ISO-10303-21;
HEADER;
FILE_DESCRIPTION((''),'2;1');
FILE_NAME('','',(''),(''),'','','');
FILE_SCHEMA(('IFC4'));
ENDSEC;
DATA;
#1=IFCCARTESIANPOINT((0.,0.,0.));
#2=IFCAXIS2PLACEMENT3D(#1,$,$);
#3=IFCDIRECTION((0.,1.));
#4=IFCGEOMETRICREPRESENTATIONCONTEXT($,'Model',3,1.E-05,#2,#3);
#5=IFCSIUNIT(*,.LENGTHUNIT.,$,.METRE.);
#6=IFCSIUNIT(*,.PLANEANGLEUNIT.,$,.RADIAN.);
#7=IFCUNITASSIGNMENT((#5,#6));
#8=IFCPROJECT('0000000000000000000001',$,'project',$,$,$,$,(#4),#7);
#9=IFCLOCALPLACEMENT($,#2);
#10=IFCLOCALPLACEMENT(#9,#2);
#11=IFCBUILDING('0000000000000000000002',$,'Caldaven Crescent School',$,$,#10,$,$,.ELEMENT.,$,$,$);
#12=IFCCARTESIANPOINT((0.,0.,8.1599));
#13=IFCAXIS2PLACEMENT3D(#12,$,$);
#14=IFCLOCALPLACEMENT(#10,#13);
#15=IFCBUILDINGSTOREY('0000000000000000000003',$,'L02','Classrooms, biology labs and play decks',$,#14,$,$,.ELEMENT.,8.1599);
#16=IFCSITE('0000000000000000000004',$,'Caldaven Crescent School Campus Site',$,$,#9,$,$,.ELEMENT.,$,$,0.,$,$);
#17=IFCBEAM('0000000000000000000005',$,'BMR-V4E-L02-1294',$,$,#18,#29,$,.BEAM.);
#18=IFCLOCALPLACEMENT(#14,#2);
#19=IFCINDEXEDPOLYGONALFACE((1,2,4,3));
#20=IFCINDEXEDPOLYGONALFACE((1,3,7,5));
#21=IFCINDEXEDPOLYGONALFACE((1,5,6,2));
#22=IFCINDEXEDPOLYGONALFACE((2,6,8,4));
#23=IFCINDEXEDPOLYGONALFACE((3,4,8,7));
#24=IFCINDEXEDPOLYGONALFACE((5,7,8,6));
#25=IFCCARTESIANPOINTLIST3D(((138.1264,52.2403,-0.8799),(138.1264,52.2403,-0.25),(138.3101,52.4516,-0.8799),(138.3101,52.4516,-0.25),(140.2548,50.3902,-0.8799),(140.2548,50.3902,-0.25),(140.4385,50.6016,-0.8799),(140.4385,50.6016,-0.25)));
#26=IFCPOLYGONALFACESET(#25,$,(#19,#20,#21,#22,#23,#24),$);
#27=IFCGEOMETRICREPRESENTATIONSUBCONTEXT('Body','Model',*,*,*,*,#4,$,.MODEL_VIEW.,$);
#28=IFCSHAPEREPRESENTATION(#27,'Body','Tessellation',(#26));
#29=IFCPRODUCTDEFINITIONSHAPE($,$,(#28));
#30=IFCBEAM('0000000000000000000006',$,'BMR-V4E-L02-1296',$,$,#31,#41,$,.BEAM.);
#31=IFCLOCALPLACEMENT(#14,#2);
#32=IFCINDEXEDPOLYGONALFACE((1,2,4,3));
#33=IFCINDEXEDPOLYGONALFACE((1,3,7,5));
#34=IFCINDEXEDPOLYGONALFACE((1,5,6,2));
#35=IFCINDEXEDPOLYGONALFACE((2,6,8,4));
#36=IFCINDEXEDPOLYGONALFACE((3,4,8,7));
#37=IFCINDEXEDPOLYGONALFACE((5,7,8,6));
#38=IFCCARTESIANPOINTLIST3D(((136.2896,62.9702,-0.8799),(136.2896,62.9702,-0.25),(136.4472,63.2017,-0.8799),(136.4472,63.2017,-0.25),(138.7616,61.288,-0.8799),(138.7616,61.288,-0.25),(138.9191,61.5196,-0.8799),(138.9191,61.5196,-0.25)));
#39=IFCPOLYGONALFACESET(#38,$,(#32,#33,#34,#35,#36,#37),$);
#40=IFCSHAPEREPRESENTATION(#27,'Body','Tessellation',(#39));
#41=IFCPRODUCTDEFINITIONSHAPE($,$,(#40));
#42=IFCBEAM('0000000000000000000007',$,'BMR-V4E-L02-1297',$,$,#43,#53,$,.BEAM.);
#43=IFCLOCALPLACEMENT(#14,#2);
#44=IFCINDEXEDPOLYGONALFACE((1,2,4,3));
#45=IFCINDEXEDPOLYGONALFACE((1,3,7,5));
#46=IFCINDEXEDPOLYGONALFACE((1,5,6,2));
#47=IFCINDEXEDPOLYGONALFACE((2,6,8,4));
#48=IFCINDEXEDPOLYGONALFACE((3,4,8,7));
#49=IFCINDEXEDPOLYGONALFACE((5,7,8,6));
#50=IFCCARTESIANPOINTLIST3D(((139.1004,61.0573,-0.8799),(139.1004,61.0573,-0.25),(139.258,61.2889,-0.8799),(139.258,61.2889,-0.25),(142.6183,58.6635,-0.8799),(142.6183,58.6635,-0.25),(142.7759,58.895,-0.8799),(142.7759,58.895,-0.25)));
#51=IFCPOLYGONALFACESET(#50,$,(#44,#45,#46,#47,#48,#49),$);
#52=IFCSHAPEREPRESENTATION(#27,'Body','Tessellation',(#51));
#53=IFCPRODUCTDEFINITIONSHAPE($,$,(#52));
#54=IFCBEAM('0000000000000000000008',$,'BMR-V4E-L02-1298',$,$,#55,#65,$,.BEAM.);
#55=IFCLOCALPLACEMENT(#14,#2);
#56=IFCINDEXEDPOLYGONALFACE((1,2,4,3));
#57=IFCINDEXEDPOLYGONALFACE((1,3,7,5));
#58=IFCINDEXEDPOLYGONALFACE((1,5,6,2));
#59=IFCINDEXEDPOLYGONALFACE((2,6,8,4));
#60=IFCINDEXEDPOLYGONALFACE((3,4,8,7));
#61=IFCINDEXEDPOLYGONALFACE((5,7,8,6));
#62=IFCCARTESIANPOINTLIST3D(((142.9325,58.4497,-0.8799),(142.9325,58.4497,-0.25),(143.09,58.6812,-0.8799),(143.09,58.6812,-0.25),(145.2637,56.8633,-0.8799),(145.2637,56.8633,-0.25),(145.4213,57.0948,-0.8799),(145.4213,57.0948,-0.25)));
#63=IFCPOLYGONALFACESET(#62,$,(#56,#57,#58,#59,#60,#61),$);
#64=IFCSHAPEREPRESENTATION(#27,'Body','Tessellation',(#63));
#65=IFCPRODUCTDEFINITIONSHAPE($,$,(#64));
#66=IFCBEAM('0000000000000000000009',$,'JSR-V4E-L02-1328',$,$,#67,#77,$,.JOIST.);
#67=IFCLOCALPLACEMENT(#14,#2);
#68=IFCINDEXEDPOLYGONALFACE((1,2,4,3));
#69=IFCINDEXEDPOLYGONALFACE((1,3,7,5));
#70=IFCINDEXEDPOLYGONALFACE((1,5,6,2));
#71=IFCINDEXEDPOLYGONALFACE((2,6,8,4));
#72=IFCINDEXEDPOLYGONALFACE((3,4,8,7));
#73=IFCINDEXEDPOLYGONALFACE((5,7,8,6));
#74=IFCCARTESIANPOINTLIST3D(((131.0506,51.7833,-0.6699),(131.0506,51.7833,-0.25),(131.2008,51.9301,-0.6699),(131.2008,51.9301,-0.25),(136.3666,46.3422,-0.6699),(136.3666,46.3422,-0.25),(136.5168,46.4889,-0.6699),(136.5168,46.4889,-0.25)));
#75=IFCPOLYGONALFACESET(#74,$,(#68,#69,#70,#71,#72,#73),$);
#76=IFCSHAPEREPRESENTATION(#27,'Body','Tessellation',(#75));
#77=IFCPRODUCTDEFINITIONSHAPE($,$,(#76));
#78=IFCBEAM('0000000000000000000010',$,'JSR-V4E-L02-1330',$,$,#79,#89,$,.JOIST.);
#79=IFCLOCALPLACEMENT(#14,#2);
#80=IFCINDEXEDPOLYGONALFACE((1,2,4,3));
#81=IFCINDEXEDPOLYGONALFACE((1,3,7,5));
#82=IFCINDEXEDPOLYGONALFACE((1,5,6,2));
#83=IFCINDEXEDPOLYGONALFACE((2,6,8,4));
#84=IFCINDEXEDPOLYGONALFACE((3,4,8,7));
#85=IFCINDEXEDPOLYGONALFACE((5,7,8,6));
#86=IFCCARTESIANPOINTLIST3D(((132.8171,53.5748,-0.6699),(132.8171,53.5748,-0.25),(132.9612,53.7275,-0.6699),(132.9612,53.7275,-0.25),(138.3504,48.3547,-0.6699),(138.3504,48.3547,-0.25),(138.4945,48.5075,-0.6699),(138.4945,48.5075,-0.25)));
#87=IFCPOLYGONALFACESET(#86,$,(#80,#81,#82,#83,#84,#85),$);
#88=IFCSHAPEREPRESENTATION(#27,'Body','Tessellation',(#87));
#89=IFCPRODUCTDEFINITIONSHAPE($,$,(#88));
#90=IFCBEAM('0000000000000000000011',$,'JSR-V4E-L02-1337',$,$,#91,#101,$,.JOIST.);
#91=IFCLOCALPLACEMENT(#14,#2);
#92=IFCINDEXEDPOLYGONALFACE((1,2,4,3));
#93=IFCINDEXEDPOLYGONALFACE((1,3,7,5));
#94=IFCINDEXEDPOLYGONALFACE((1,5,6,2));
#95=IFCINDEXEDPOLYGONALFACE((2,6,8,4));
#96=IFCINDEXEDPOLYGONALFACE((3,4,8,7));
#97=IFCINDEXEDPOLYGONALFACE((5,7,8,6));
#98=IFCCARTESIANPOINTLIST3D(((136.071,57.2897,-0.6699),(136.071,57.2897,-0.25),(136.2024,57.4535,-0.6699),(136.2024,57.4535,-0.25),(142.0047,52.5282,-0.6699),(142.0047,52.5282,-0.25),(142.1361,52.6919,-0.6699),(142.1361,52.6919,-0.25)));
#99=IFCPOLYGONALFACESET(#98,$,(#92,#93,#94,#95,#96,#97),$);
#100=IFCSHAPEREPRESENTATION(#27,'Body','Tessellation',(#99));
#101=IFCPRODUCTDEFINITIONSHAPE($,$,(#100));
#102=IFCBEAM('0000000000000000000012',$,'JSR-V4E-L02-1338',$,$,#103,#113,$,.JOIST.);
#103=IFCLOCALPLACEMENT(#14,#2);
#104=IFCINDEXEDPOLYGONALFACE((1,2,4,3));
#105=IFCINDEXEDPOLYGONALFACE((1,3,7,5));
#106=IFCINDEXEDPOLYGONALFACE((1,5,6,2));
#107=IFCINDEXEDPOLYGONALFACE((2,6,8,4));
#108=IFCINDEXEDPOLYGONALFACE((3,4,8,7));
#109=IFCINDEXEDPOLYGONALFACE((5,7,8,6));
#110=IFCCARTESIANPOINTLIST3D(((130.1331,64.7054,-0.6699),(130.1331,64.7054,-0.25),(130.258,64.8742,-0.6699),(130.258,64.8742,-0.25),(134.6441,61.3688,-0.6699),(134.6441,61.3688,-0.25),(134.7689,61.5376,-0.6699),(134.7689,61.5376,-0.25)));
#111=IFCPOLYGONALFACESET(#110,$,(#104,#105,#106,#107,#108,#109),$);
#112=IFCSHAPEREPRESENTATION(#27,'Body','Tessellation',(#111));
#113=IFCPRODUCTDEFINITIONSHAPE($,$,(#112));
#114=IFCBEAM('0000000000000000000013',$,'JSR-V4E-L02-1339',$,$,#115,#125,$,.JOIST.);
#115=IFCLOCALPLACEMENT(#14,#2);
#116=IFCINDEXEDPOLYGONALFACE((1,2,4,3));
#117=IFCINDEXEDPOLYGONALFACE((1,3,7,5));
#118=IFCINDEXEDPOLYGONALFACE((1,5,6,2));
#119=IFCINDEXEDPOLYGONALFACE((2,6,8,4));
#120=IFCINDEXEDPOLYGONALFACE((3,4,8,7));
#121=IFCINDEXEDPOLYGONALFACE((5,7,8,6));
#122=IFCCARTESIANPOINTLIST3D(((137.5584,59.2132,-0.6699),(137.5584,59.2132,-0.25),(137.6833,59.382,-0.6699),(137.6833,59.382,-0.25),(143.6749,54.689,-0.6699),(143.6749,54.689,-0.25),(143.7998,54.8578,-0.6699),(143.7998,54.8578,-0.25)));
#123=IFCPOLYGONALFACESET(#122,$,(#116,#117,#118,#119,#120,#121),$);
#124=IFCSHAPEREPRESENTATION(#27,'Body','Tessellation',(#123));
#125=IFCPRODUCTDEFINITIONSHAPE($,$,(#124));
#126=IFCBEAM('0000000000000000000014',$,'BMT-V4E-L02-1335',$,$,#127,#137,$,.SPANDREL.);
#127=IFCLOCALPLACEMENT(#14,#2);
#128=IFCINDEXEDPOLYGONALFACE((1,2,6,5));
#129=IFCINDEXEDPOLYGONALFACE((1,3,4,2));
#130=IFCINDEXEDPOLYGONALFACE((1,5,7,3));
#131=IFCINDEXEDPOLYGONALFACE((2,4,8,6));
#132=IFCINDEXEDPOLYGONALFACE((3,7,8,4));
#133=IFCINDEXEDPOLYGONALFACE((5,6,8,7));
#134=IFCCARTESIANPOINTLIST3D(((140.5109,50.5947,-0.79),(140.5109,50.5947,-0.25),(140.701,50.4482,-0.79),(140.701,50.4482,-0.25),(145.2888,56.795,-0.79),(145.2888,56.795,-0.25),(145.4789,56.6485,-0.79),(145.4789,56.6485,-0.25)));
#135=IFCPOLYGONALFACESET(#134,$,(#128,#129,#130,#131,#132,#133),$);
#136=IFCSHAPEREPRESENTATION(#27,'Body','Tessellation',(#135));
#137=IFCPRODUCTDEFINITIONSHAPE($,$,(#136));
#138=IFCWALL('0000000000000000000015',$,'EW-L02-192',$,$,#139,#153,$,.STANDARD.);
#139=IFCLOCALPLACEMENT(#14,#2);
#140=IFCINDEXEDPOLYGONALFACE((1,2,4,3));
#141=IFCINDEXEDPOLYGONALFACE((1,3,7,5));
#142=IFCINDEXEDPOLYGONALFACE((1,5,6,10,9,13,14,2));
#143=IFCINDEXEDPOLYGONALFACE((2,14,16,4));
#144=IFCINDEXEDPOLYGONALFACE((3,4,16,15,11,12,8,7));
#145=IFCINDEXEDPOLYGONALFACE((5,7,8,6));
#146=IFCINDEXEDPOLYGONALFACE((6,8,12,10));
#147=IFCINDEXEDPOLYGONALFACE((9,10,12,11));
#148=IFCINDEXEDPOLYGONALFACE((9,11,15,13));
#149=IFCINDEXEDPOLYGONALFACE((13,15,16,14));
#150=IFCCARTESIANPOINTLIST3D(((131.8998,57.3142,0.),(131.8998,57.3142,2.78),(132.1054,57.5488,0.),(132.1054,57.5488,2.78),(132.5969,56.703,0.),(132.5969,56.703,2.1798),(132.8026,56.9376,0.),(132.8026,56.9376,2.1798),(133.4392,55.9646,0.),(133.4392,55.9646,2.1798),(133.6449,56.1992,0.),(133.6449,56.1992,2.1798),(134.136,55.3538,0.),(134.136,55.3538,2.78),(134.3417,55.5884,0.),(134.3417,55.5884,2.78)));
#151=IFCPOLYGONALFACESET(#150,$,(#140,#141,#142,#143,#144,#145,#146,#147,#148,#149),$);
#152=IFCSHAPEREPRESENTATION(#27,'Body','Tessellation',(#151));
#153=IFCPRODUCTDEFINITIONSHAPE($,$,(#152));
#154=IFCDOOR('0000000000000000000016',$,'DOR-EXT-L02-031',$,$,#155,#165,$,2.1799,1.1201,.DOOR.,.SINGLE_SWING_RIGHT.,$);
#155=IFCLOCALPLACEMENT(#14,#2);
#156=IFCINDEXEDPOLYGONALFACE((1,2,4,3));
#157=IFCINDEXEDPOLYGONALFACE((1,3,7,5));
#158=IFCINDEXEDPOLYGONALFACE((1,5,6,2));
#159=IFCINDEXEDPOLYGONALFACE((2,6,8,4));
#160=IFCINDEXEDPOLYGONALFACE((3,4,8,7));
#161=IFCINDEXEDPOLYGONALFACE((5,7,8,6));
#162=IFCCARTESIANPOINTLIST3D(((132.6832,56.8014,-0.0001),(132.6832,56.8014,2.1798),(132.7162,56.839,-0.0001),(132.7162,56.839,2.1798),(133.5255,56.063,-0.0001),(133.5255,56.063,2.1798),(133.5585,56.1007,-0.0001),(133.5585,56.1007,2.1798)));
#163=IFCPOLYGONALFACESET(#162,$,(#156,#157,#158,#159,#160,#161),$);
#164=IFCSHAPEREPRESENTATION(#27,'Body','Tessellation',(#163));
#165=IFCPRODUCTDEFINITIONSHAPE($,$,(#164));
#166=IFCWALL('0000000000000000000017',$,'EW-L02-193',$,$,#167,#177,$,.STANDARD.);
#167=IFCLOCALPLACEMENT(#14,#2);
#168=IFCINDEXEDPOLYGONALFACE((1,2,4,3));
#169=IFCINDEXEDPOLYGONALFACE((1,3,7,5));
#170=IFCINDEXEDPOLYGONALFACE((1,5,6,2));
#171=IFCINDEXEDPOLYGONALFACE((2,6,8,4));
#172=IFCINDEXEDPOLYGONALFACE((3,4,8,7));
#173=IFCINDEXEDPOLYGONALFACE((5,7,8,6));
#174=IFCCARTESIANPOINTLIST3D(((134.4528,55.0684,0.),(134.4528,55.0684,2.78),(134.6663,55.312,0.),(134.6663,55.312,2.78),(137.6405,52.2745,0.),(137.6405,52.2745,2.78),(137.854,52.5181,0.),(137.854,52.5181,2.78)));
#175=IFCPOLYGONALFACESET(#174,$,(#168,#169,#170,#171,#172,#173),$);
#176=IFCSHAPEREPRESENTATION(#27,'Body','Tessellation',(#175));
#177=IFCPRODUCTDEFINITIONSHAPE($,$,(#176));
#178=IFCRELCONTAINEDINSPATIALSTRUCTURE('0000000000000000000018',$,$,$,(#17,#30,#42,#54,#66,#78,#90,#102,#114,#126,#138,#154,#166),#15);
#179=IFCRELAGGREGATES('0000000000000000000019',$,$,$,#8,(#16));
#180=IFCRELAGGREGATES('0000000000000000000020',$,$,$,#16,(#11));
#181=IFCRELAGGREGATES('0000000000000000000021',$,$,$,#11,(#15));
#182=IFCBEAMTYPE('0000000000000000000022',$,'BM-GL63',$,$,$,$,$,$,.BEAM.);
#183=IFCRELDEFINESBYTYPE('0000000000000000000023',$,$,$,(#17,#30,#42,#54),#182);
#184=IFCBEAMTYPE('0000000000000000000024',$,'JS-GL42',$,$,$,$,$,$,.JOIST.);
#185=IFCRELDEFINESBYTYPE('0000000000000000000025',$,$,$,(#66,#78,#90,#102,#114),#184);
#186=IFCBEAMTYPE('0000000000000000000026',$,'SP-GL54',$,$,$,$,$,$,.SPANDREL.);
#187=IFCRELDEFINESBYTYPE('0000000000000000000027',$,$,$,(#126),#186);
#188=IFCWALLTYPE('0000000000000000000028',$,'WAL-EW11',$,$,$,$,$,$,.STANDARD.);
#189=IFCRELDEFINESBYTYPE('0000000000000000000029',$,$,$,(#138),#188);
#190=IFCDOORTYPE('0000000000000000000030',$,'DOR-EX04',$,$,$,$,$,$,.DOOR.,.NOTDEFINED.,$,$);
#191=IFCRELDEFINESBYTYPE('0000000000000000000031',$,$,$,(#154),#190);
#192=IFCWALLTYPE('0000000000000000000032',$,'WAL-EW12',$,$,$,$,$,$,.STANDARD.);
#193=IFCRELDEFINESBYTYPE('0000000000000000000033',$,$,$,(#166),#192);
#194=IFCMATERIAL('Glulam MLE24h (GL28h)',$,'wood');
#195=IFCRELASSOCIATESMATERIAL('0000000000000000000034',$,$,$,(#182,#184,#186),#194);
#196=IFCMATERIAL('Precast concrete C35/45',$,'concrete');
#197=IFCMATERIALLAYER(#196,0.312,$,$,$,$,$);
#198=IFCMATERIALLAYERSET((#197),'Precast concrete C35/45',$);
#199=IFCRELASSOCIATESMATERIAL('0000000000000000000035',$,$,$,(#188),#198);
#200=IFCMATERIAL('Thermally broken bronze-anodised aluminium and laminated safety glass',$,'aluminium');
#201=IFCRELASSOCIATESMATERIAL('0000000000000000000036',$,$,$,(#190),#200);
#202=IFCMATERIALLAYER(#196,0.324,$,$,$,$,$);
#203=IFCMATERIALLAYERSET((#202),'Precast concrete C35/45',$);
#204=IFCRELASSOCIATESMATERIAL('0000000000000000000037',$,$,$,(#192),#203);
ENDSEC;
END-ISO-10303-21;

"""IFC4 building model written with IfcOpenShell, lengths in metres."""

from ifc_helpers import new_model, si_unit, direction, frame, frame_2d, origin, origin_2d, place, context, subcontext, project, spatial, rectangle, extrude, material, layer, layer_set, material_profile, profile_set, type_object, element, fill, save


model = new_model("IFC4")

# Units and contexts
model_context = context("Model", 3, precision=1e-05, world=origin(), true_north=direction((0.0, 1.0)))
body_context = subcontext(model_context, "Body", "Model", "MODEL_VIEW")
ifc_project = project(units=[si_unit("LENGTHUNIT", "METRE"), si_unit("PLANEANGLEUNIT", "RADIAN")], contexts=[model_context])

# Site, building, storey
site_placement = place(None, origin())
site = spatial("IfcSite", under=ifc_project, at=site_placement, Name="Caldaven Crescent School Campus Site", CompositionType="ELEMENT", RefElevation=0.0)
building_placement = place(site_placement, origin())
building = spatial("IfcBuilding", under=site, at=building_placement, Name="Caldaven Crescent School", CompositionType="ELEMENT")
storey_placement = place(building_placement, frame((0.0, 0.0, 8.1599)))
storey = spatial("IfcBuildingStorey", under=building, at=storey_placement, Name="L02", Description="Classrooms, biology labs and play decks", CompositionType="ELEMENT", Elevation=8.1599)

# Shared definitions
ifc_material_1 = material(Name="Glulam MLE24h (GL28h)", Category="wood")

# Beams
ifc_material_profile_1 = material_profile(ifc_material_1, rectangle(XDim=0.28, YDim=0.6299, at=origin_2d()), Name="MLE 280x630")
ifc_profile_set_1 = profile_set([ifc_material_profile_1], Name="Glulam MLE24h (GL28h)")
beam_type_1 = type_object("IfcBeamType", Name="BM-GL63", PredefinedType="BEAM", material=ifc_profile_set_1)
beam_1_placement = place(storey_placement, frame((138.2183, 52.3459, -0.5649), z_axis=(0.754729, -0.656037, 0.0), x_axis=(0.656037, 0.754729, 0.0)))
element("IfcBeam", 1, at=beam_1_placement, inside=storey, type_object=beam_type_1, Name="BMR-V4E-L02-1294", PredefinedType="BEAM", context=body_context, shape_type="SweptSolid", body=[
    extrude(rectangle(XDim=0.28, YDim=0.6299, at=origin_2d()), origin(), (0.0, 0.0, 1.0), 2.8201),
])
beam_2_placement = place(storey_placement, frame((136.3684, 63.0859, -0.5649), z_axis=(0.826737, -0.562589, 0.0), x_axis=(0.562589, 0.826737, 0.0)))
element("IfcBeam", 2, at=beam_2_placement, inside=storey, type_object=beam_type_1, Name="BMR-V4E-L02-1296", PredefinedType="BEAM", context=body_context, shape_type="SweptSolid", body=[
    extrude(rectangle(XDim=0.28, YDim=0.6299, at=origin_2d()), origin(), (0.0, 0.0, 1.0), 2.99),
])
beam_3_placement = place(storey_placement, frame((139.1792, 61.1731, -0.5649), z_axis=(0.826743, -0.56258, 0.0), x_axis=(0.56258, 0.826743, 0.0)))
element("IfcBeam", 3, at=beam_3_placement, inside=storey, type_object=beam_type_1, Name="BMR-V4E-L02-1297", PredefinedType="BEAM", context=body_context, shape_type="SweptSolid", body=[
    extrude(rectangle(XDim=0.28, YDim=0.6299, at=origin_2d()), origin(), (0.0, 0.0, 1.0), 4.2551),
])
beam_4_placement = place(storey_placement, frame((143.0112, 58.5654, -0.5649), z_axis=(0.826738, -0.562587, 0.0), x_axis=(0.562587, 0.826738, 0.0)))
element("IfcBeam", 4, at=beam_4_placement, inside=storey, type_object=beam_type_1, Name="BMR-V4E-L02-1298", PredefinedType="BEAM", context=body_context, shape_type="SweptSolid", body=[
    extrude(rectangle(XDim=0.28, YDim=0.6299, at=origin_2d()), origin(), (0.0, 0.0, 1.0), 2.8198),
])
ifc_material_profile_2 = material_profile(ifc_material_1, rectangle(XDim=0.21, YDim=0.4199, at=origin_2d()), Name="MLE 210x420")
ifc_profile_set_2 = profile_set([ifc_material_profile_2], Name="Glulam MLE24h (GL28h)")
beam_type_2 = type_object("IfcBeamType", Name="JS-GL42", PredefinedType="JOIST", material=ifc_profile_set_2)
for number, where, z_axis, x_axis, name in (
    (5, (131.1257, 51.8567, -0.46), (0.698827, -0.715291, 0.0), (0.715291, 0.698827, 0.0), "JSR-V4E-L02-1328"),
    (6, (132.8892, 53.6511, -0.46), (0.727396, -0.686218, 0.0), (0.686218, 0.727396, 0.0), "JSR-V4E-L02-1330"),
):
    element("IfcBeam", number, at=place(storey_placement, frame(where, z_axis=z_axis, x_axis=x_axis)), inside=storey, type_object=beam_type_2, Name=name, PredefinedType="JOIST", context=body_context, shape_type="SweptSolid", body=[
        extrude(rectangle(XDim=0.21, YDim=0.4199, at=origin_2d()), origin(), (0.0, 0.0, 1.0), 7.6069),
    ])
beam_5_placement = place(storey_placement, frame((136.1367, 57.3716, -0.46), z_axis=(0.779932, -0.625864, 0.0), x_axis=(0.625864, 0.779932, 0.0)))
element("IfcBeam", 7, at=beam_5_placement, inside=storey, type_object=beam_type_2, Name="JSR-V4E-L02-1337", PredefinedType="JOIST", context=body_context, shape_type="SweptSolid", body=[
    extrude(rectangle(XDim=0.21, YDim=0.4199, at=origin_2d()), origin(), (0.0, 0.0, 1.0), 7.6079),
])
beam_6_placement = place(storey_placement, frame((130.1956, 64.7898, -0.46), z_axis=(0.803966, -0.594675, 0.0), x_axis=(0.594675, 0.803966, 0.0)))
element("IfcBeam", 8, at=beam_6_placement, inside=storey, type_object=beam_type_2, Name="JSR-V4E-L02-1338", PredefinedType="JOIST", context=body_context, shape_type="SweptSolid", body=[
    extrude(rectangle(XDim=0.21, YDim=0.4199, at=origin_2d()), origin(), (0.0, 0.0, 1.0), 5.6108),
])
beam_7_placement = place(storey_placement, frame((137.6208, 59.2976, -0.46), z_axis=(0.803968, -0.594673, 0.0), x_axis=(0.594673, 0.803968, 0.0)))
element("IfcBeam", 9, at=beam_7_placement, inside=storey, type_object=beam_type_2, Name="JSR-V4E-L02-1339", PredefinedType="JOIST", context=body_context, shape_type="SweptSolid", body=[
    extrude(rectangle(XDim=0.21, YDim=0.4199, at=origin_2d()), origin(), (0.0, 0.0, 1.0), 7.6079),
])
ifc_material_profile_3 = material_profile(ifc_material_1, rectangle(XDim=0.24, YDim=0.54, at=origin_2d()), Name="MLE 240x540")
ifc_profile_set_3 = profile_set([ifc_material_profile_3], Name="Glulam MLE24h (GL28h)")
beam_type_3 = type_object("IfcBeamType", Name="SP-GL54", PredefinedType="SPANDREL", material=ifc_profile_set_3)
beam_8_placement = place(storey_placement, frame((140.606, 50.5215, -0.52), z_axis=(0.610389, 0.792102, 0.0), x_axis=(-0.792102, 0.610389, 0.0)))
element("IfcBeam", 10, at=beam_8_placement, inside=storey, type_object=beam_type_3, Name="BMT-V4E-L02-1335", PredefinedType="SPANDREL", context=body_context, shape_type="SweptSolid", body=[
    extrude(rectangle(XDim=0.24, YDim=0.54, at=origin_2d()), origin(), (0.0, 0.0, 1.0), 7.8276),
])

# Wall, opening, door
ifc_material_2 = material(Name="Precast concrete C35/45", Category="concrete")
ifc_layer_1 = layer(ifc_material_2, 0.312)
ifc_layer_set_1 = layer_set([ifc_layer_1], Name="Precast concrete C35/45")
wall_type_1 = type_object("IfcWallType", Name="WAL-EW11", PredefinedType="STANDARD", material=ifc_layer_set_1)
wall_1_placement = place(storey_placement, frame((132.0027, 57.4314, 0.0), z_axis=(0.0, 0.0, 1.0), x_axis=(0.751966, -0.659202, 0.0)))
wall_1 = element("IfcWall", 11, at=wall_1_placement, inside=storey, type_object=wall_type_1, Name="EW-L02-192", PredefinedType="STANDARD", context=body_context, shape_type="SweptSolid", body=[
    extrude(rectangle(XDim=2.9739, YDim=0.312, at=frame_2d((1.4868, 0.0))), origin(), (0.0, 0.0, 1.0), 2.78),
])
opening_1_placement = place(wall_1_placement, frame((0.927, 0.0, 0.0)))
opening_1 = element("IfcOpeningElement", 12, at=opening_1_placement, cuts=wall_1, PredefinedType="OPENING", context=body_context, shape_type="SweptSolid", body=[
    extrude(rectangle(XDim=1.1201, YDim=2.1799, at=frame_2d((0.5601, 1.0898))), frame((0.0, 0.166, 0.0), z_axis=(0.0, -1.0, 0.0), x_axis=(1.0, 0.0, 0.0)), (0.0, 0.0, 1.0), 0.332),
])
ifc_material_3 = material(Name="Thermally broken bronze-anodised aluminium and laminated safety glass", Category="aluminium")
door_type_1 = type_object("IfcDoorType", Name="DOR-EX04", OperationType="NOTDEFINED", PredefinedType="DOOR", material=ifc_material_3)
door_1_placement = place(opening_1_placement, origin())
door_1 = element("IfcDoor", 13, at=door_1_placement, inside=storey, type_object=door_type_1, Name="DOR-EXT-L02-031", OperationType="SINGLE_SWING_RIGHT", OverallHeight=2.1799, OverallWidth=1.1201, PredefinedType="DOOR", context=body_context, shape_type="SweptSolid", body=[
    extrude(rectangle(XDim=1.1201, YDim=2.1799, at=frame_2d((0.5601, 1.0898))), frame((0.0, 0.0249, 0.0), z_axis=(0.0, -1.0, 0.0), x_axis=(1.0, 0.0, 0.0)), (0.0, 0.0, 1.0), 0.05),
])
fill(opening_1, door_1)

# Wall
ifc_layer_2 = layer(ifc_material_2, 0.324)
ifc_layer_set_2 = layer_set([ifc_layer_2], Name="Precast concrete C35/45")
wall_type_2 = type_object("IfcWallType", Name="WAL-EW12", PredefinedType="STANDARD", material=ifc_layer_set_2)
wall_2_placement = place(storey_placement, frame((134.5596, 55.1902, 0.0), z_axis=(0.0, 0.0, 1.0), x_axis=(0.752031, -0.659128, 0.0)))
element("IfcWall", 14, at=wall_2_placement, inside=storey, type_object=wall_type_2, Name="EW-L02-193", PredefinedType="STANDARD", context=body_context, shape_type="SweptSolid", body=[
    extrude(rectangle(XDim=4.2388, YDim=0.324, at=frame_2d((2.1194, 0.0))), origin(), (0.0, 0.0, 1.0), 2.78),
])

save(model, "model.ifc")
